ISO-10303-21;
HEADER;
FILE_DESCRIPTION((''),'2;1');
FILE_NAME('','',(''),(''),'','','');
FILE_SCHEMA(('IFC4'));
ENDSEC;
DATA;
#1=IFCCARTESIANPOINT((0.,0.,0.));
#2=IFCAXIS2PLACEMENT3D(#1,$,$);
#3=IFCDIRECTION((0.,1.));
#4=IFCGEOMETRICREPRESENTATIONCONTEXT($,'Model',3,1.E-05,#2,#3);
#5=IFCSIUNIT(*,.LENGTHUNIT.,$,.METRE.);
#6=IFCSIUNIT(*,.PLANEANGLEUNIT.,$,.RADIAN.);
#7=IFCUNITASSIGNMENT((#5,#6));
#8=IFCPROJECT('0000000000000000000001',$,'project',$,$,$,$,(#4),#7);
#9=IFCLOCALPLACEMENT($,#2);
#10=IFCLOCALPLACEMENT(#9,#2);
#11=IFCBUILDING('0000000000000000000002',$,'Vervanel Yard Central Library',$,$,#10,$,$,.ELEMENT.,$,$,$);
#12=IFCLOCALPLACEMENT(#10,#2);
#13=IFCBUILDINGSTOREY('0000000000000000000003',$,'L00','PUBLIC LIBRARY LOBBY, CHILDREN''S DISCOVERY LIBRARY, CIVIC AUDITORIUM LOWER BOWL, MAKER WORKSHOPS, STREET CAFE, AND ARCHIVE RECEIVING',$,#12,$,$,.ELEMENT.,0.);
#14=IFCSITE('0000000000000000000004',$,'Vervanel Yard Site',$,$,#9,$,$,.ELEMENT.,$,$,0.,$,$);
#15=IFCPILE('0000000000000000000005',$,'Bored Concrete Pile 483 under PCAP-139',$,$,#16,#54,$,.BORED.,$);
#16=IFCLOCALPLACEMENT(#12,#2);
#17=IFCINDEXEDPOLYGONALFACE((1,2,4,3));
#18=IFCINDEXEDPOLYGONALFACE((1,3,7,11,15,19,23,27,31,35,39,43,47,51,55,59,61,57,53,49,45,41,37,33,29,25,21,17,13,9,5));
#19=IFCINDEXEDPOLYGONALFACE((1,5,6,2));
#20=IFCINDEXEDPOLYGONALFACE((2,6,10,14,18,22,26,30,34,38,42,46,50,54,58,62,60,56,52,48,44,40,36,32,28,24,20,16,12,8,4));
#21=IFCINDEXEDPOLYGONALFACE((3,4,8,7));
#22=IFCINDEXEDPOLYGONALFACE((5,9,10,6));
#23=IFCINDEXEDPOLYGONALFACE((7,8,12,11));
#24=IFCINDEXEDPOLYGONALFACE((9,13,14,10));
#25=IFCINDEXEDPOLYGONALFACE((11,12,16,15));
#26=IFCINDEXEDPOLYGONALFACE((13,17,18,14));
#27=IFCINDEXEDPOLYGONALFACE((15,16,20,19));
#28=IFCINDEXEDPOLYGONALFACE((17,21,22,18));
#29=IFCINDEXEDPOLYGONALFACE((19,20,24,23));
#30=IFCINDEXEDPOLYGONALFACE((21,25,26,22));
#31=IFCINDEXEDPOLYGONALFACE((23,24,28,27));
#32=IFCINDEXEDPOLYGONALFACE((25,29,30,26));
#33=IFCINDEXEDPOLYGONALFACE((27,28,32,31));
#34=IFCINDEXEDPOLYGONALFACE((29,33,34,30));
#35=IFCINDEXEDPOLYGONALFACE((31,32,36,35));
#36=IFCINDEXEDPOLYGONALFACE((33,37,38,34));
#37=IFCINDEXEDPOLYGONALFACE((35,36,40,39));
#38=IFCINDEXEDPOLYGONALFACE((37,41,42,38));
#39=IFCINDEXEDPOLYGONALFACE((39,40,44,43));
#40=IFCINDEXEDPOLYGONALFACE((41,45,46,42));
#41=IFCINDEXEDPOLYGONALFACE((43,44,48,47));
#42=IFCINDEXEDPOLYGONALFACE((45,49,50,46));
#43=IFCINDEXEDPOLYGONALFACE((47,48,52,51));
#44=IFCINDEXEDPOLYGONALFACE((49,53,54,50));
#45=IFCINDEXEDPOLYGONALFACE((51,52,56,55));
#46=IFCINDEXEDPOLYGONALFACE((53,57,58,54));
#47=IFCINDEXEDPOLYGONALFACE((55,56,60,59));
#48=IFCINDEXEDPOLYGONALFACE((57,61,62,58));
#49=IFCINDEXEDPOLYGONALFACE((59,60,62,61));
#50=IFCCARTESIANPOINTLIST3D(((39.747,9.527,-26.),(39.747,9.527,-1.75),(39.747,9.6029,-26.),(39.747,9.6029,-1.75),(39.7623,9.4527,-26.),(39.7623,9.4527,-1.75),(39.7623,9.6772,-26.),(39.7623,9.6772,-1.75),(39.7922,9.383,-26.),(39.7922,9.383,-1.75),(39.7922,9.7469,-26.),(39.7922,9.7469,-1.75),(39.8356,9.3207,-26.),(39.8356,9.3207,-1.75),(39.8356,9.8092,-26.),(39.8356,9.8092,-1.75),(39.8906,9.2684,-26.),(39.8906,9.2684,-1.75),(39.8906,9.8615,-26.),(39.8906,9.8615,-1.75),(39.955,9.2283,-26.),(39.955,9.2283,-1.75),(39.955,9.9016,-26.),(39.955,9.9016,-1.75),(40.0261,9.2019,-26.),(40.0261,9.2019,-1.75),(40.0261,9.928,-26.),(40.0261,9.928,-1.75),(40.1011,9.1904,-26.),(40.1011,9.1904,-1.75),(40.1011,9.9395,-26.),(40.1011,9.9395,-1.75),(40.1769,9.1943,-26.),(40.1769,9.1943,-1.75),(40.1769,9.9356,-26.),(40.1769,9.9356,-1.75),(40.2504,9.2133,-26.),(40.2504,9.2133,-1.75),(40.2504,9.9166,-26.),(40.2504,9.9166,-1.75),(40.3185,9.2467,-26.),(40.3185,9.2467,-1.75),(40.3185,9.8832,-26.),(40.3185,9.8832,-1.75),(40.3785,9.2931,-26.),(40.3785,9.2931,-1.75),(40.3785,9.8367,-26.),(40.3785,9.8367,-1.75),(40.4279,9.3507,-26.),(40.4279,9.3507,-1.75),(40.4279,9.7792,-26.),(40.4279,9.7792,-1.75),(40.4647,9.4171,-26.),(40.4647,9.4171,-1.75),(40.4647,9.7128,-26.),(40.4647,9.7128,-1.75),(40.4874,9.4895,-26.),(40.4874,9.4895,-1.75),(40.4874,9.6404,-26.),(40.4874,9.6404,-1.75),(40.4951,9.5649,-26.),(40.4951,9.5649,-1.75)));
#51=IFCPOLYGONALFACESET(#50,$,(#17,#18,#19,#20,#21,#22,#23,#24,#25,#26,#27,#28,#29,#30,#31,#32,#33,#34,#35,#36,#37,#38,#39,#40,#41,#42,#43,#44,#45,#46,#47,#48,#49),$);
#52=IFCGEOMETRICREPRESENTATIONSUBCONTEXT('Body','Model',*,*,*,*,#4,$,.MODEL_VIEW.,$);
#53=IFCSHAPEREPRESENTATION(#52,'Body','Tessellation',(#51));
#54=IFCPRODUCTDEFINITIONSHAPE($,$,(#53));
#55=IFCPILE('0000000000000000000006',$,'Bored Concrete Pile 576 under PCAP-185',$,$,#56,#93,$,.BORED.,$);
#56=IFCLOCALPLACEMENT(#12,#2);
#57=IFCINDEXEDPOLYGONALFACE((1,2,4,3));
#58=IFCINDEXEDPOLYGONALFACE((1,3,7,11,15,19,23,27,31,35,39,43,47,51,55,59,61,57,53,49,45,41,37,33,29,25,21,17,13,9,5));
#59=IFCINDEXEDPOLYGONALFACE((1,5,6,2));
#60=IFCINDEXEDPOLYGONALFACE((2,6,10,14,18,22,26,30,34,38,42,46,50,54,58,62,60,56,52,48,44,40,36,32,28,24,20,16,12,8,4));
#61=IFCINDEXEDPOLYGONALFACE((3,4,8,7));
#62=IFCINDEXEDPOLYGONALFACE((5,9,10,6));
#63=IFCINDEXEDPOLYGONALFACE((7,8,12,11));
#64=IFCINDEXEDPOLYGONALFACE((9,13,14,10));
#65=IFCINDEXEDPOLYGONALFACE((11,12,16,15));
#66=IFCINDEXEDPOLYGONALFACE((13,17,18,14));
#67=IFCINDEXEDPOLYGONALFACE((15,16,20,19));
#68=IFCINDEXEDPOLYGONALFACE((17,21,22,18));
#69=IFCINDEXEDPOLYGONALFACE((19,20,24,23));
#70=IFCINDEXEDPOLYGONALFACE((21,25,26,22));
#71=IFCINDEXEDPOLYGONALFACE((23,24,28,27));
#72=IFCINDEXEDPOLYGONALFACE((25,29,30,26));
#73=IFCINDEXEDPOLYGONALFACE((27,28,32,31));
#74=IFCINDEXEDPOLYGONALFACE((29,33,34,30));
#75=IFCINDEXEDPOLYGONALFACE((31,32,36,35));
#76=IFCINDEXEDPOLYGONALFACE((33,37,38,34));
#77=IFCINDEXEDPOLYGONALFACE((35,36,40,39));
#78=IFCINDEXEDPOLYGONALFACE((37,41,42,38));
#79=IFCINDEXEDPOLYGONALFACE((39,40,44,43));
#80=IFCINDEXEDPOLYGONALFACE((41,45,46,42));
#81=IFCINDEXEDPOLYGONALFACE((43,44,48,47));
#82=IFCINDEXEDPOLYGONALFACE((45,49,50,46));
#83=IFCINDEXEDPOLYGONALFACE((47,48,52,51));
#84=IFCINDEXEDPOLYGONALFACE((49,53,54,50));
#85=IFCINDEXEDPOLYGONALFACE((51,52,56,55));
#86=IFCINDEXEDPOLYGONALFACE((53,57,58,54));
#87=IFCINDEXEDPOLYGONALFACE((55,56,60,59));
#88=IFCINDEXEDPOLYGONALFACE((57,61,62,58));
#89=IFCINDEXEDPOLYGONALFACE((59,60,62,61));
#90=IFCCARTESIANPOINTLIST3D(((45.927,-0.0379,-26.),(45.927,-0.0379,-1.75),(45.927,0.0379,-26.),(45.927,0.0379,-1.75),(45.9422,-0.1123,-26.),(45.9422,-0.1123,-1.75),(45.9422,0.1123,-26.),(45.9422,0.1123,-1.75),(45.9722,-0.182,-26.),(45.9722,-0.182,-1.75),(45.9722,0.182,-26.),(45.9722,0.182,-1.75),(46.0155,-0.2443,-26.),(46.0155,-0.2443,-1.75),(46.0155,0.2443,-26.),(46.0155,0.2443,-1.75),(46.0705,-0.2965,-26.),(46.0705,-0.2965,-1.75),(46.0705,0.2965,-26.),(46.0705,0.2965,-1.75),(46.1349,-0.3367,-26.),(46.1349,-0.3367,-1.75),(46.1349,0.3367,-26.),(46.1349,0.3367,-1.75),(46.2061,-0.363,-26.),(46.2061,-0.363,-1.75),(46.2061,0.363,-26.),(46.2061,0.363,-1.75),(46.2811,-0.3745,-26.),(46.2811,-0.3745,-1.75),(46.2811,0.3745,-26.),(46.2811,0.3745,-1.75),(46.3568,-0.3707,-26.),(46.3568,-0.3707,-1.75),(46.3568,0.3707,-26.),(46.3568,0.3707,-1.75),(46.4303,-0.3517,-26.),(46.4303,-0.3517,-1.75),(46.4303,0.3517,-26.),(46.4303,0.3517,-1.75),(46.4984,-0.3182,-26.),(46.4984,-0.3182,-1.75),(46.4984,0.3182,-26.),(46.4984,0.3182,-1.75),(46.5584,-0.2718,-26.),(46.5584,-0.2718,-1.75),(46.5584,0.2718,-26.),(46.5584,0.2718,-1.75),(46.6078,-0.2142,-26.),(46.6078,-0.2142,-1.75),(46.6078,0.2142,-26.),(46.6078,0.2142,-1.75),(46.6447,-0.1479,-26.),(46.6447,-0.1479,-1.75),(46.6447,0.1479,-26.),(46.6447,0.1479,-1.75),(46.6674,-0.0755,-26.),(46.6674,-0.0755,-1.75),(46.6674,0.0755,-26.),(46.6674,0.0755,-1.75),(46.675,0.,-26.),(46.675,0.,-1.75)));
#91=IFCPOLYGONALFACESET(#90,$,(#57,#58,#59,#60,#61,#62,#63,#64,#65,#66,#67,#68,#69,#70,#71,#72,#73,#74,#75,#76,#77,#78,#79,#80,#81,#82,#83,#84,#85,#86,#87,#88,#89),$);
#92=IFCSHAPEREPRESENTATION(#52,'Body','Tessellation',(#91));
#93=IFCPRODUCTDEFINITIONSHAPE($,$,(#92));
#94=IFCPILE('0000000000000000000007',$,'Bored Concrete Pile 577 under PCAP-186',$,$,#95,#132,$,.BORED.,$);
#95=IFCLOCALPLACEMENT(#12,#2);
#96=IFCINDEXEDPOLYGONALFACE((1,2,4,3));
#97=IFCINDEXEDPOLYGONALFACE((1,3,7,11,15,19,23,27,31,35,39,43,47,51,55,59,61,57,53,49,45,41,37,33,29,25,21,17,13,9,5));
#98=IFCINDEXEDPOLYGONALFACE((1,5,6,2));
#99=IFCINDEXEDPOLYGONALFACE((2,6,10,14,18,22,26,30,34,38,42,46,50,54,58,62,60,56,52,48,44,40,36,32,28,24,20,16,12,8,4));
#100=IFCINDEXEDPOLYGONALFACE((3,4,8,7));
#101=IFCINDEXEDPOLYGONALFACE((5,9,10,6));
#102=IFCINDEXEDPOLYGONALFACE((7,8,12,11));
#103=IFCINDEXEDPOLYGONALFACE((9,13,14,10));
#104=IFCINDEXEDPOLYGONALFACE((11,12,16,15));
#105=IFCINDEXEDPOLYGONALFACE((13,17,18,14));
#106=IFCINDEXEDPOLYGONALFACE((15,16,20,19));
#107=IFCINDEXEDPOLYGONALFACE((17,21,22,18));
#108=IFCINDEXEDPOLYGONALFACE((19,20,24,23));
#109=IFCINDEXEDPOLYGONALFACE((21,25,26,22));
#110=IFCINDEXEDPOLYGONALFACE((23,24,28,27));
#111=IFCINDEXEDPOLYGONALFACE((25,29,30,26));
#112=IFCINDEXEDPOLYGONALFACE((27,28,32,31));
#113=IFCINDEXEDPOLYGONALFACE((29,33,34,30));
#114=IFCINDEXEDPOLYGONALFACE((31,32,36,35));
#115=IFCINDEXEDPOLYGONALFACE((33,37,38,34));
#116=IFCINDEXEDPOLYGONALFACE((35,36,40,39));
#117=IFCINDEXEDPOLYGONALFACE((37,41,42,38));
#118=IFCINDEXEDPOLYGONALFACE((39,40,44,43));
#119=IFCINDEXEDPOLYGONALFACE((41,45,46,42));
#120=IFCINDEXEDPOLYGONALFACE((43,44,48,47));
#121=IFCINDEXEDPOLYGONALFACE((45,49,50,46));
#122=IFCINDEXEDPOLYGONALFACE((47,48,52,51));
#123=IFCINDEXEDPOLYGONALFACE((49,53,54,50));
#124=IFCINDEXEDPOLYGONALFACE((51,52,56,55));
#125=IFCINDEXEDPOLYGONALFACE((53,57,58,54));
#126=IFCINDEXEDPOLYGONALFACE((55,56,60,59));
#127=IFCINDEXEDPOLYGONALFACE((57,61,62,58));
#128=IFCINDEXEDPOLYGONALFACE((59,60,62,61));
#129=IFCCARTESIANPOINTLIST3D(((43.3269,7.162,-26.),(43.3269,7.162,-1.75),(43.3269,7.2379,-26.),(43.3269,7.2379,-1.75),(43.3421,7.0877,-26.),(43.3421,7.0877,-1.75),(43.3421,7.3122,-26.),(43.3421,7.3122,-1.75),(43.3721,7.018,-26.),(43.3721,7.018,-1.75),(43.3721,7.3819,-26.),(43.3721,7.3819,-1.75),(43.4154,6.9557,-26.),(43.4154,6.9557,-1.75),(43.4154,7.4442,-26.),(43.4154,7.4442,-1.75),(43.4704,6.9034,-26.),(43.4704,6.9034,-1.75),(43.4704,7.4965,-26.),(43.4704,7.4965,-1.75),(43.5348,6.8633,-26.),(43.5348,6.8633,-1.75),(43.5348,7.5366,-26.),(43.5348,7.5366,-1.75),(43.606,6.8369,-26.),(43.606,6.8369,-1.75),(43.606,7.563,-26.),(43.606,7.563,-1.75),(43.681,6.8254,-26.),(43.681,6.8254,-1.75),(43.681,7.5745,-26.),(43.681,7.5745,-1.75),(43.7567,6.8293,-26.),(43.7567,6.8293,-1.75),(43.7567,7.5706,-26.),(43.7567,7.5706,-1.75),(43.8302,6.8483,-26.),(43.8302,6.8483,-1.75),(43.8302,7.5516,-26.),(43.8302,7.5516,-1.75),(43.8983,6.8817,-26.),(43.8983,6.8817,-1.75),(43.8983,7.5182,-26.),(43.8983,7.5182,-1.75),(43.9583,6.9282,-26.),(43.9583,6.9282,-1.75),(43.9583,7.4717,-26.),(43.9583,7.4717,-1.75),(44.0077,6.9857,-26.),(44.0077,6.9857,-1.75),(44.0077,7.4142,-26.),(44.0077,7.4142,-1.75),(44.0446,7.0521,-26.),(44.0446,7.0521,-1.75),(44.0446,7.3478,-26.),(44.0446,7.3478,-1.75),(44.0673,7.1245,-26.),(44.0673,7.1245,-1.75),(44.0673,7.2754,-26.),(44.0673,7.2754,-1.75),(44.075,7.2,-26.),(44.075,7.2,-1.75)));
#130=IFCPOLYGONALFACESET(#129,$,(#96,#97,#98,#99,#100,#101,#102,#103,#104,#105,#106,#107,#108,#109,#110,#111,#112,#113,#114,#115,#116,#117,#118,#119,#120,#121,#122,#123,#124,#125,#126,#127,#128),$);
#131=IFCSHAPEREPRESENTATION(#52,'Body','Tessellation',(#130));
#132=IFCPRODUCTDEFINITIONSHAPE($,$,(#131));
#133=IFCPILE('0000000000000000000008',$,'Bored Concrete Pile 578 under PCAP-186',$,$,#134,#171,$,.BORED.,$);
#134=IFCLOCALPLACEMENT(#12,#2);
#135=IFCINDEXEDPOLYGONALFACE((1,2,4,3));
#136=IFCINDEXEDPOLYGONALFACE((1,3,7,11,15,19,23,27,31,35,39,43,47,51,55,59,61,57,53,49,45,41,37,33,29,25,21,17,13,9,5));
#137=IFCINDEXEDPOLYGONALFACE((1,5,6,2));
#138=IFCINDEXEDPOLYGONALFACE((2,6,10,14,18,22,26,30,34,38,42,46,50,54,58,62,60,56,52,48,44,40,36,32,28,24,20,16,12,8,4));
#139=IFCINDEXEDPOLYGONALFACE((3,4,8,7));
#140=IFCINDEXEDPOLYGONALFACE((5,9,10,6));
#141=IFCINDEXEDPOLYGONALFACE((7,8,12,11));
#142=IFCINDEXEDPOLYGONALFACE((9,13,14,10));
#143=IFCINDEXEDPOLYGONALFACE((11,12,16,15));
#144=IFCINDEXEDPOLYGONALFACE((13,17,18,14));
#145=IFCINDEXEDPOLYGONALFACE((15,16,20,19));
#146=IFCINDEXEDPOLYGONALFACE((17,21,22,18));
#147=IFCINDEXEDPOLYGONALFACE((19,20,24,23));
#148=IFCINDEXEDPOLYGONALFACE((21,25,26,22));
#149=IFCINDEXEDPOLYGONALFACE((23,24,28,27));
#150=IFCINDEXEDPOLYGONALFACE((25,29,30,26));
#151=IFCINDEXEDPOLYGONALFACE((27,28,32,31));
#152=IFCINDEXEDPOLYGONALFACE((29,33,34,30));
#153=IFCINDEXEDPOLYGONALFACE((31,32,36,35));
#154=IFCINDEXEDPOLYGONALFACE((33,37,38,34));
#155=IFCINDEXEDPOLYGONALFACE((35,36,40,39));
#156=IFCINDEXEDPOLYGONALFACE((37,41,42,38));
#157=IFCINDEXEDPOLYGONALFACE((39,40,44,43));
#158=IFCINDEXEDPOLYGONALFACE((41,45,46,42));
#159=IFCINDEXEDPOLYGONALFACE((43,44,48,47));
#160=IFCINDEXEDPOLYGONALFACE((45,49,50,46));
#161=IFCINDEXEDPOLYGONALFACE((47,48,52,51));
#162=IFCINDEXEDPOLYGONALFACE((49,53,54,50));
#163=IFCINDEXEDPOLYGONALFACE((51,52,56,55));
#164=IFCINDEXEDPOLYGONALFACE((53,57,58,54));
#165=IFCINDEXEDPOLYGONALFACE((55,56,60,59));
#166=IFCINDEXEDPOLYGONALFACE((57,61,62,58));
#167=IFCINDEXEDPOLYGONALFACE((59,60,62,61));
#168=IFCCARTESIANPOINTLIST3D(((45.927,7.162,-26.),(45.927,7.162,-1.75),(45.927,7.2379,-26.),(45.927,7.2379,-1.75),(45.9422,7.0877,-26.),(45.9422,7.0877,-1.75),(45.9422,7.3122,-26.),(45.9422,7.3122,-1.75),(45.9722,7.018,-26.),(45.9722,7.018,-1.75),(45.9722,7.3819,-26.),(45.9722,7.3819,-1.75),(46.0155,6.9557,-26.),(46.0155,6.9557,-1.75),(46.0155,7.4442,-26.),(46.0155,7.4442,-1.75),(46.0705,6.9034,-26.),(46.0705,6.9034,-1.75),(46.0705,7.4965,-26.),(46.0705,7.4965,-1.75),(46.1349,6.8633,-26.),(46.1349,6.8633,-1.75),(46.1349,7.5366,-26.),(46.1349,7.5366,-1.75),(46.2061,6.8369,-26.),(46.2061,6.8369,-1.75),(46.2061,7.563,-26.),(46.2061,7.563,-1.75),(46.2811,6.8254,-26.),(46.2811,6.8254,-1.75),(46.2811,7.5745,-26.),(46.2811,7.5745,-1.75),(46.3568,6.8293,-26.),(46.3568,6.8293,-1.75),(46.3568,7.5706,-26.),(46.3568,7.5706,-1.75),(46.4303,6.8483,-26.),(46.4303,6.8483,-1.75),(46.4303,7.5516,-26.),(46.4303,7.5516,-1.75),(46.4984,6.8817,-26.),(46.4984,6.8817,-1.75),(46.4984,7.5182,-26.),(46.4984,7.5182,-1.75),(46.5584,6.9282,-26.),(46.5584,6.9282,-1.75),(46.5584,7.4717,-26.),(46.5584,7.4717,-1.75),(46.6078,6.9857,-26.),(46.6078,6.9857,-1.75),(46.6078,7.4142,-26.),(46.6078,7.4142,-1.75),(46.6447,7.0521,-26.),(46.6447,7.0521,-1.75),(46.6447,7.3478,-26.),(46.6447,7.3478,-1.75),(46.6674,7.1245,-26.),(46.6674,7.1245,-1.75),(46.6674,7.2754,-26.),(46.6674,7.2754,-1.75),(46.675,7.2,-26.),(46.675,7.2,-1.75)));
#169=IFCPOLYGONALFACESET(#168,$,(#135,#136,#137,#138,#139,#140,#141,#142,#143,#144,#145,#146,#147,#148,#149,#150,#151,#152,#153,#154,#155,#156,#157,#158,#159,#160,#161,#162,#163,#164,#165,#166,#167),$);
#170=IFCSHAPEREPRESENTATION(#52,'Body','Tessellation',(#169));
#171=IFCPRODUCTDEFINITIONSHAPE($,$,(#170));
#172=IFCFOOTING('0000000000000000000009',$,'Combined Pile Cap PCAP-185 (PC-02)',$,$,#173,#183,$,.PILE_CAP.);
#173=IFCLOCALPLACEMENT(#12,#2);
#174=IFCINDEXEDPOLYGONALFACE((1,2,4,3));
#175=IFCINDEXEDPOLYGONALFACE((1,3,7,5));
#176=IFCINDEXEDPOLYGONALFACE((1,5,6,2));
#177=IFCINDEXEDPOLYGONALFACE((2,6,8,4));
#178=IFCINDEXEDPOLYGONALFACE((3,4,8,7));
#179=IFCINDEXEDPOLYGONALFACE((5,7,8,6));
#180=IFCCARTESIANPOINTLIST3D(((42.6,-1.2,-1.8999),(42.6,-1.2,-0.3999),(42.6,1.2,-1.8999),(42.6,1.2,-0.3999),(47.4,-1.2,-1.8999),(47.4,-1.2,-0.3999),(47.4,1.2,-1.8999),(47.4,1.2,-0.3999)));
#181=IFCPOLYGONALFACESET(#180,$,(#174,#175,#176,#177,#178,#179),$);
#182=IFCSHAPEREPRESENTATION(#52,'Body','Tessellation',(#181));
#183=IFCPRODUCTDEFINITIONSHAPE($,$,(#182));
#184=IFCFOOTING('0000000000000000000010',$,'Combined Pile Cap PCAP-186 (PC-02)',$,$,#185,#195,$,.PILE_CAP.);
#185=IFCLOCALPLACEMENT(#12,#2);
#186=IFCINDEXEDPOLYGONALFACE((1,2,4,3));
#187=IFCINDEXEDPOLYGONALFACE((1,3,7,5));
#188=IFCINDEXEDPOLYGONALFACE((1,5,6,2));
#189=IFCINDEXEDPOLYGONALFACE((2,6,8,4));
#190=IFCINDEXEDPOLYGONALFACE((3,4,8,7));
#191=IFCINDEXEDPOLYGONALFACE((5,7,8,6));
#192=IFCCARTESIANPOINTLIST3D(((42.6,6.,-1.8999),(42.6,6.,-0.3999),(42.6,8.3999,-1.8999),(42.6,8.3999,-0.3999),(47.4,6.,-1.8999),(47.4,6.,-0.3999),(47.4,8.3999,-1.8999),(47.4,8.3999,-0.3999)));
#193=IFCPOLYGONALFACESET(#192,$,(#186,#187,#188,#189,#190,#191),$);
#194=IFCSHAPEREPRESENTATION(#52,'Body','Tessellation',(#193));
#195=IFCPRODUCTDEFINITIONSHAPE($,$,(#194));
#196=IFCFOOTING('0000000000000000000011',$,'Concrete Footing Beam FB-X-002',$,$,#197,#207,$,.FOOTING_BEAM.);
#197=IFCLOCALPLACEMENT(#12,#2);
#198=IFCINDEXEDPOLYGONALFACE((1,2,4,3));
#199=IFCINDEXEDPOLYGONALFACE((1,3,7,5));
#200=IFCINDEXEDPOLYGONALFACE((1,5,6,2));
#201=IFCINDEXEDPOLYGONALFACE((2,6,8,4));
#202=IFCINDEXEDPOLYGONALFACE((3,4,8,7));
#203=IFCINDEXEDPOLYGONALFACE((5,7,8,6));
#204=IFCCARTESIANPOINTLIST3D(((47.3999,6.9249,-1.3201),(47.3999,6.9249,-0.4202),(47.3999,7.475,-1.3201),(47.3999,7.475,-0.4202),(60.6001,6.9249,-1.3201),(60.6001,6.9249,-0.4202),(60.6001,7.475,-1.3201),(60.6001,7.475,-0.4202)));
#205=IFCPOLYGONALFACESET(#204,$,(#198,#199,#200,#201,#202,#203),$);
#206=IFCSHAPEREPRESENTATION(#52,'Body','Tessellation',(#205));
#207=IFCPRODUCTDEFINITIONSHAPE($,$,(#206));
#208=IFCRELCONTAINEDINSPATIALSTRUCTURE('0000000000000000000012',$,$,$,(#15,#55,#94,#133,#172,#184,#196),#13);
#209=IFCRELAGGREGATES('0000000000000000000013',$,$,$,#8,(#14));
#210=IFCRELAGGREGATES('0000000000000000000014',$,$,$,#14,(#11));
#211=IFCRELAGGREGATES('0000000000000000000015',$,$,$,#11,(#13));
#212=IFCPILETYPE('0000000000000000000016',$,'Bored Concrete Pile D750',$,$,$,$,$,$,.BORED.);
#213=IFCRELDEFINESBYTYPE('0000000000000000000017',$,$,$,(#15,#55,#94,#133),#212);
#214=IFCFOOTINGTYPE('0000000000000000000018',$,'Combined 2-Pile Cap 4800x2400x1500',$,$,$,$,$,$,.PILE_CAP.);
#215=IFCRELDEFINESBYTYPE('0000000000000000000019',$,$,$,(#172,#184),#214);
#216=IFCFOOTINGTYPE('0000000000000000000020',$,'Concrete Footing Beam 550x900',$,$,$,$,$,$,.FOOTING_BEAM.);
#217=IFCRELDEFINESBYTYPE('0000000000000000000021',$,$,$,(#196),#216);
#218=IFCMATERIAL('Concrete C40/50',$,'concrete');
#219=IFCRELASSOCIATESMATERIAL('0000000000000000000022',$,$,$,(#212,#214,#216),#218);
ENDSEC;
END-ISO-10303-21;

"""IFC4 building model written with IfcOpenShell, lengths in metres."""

from ifc_helpers import new_model, si_unit, direction, frame, origin, origin_2d, place, context, subcontext, project, spatial, rectangle, circle, extrude, material, material_profile, profile_set, type_object, element, save


model = new_model("IFC4")

# Units and contexts
model_context = context("Model", 3, precision=1e-05, world=origin(), true_north=direction((0.0, 1.0)))
body_context = subcontext(model_context, "Body", "Model", "MODEL_VIEW")
ifc_project = project(units=[si_unit("LENGTHUNIT", "METRE"), si_unit("PLANEANGLEUNIT", "RADIAN")], contexts=[model_context])

# Site, building, storey
site_placement = place(None, origin())
site = spatial("IfcSite", under=ifc_project, at=site_placement, Name="Vervanel Yard Site", CompositionType="ELEMENT", RefElevation=0.0)
building_placement = place(site_placement, origin())
building = spatial("IfcBuilding", under=site, at=building_placement, Name="Vervanel Yard Central Library", CompositionType="ELEMENT")
storey_placement = place(building_placement, origin())
storey = spatial("IfcBuildingStorey", under=building, at=storey_placement, Name="L00", Description="PUBLIC LIBRARY LOBBY, CHILDREN'S DISCOVERY LIBRARY, CIVIC AUDITORIUM LOWER BOWL, MAKER WORKSHOPS, STREET CAFE, AND ARCHIVE RECEIVING", CompositionType="ELEMENT", Elevation=0.0)

# Piles
ifc_material_1 = material(Name="Concrete C40/50", Category="concrete")
ifc_material_profile_1 = material_profile(ifc_material_1, circle(Radius=0.375, at=origin_2d()), Name="BP D750", Category="concrete")
ifc_profile_set_1 = profile_set([ifc_material_profile_1], Name="Concrete C40/50")
pile_type = type_object("IfcPileType", Name="Bored Concrete Pile D750", PredefinedType="BORED", material=ifc_profile_set_1)
for number, where, z_axis, x_axis, name in (
    (1, (40.1201, 9.5649, -1.75), (0.0, 0.0, -1.0), (1.0, 0.0, 0.0), "Bored Concrete Pile 483 under PCAP-139"),
    (2, (46.3, 0.0, -1.75), (0.0, 0.0, -1.0), (1.0, 0.0, 0.0), "Bored Concrete Pile 576 under PCAP-185"),
    (3, (43.7, 7.2, -1.75), (0.0, 0.0, -1.0), (1.0, 0.0, 0.0), "Bored Concrete Pile 577 under PCAP-186"),
    (4, (46.3, 7.2, -1.75), (0.0, 0.0, -1.0), (1.0, 0.0, 0.0), "Bored Concrete Pile 578 under PCAP-186"),
):
    element("IfcPile", number, at=place(storey_placement, frame(where, z_axis=z_axis, x_axis=x_axis)), inside=storey, type_object=pile_type, Name=name, PredefinedType="BORED", context=body_context, shape_type="SweptSolid", body=[
        extrude(circle(Radius=0.375, at=origin_2d()), origin(), (0.0, 0.0, 1.0), 24.25),
    ])

# Footings
footing_type_1 = type_object("IfcFootingType", Name="Combined 2-Pile Cap 4800x2400x1500", PredefinedType="PILE_CAP", material=ifc_material_1)
for number, where, z_axis, x_axis, name in (
    (5, (45.0, 0.0, -1.8999), (0.0, 0.0, 1.0), (1.0, 0.0, 0.0), "Combined Pile Cap PCAP-185 (PC-02)"),
    (6, (45.0, 7.2, -1.8999), (0.0, 0.0, 1.0), (1.0, 0.0, 0.0), "Combined Pile Cap PCAP-186 (PC-02)"),
):
    element("IfcFooting", number, at=place(storey_placement, frame(where, z_axis=z_axis, x_axis=x_axis)), inside=storey, type_object=footing_type_1, Name=name, PredefinedType="PILE_CAP", context=body_context, shape_type="SweptSolid", body=[
        extrude(rectangle(XDim=4.8, YDim=2.3999, at=origin_2d()), origin(), (0.0, 0.0, 1.0), 1.5),
    ])
ifc_material_profile_2 = material_profile(ifc_material_1, rectangle(XDim=0.55, YDim=0.8999, at=origin_2d()), Name="RC 550x900", Category="concrete")
ifc_profile_set_2 = profile_set([ifc_material_profile_2], Name="Concrete C40/50")
footing_type_2 = type_object("IfcFootingType", Name="Concrete Footing Beam 550x900", PredefinedType="FOOTING_BEAM", material=ifc_profile_set_2)
footing_placement = place(storey_placement, frame((47.3999, 7.2, -0.8701), z_axis=(1.0, 0.0, 0.0), x_axis=(0.0, 1.0, 0.0)))
element("IfcFooting", 7, at=footing_placement, inside=storey, type_object=footing_type_2, Name="Concrete Footing Beam FB-X-002", PredefinedType="FOOTING_BEAM", context=body_context, shape_type="SweptSolid", body=[
    extrude(rectangle(XDim=0.55, YDim=0.8999, at=origin_2d()), origin(), (0.0, 0.0, 1.0), 13.2002),
])

save(model, "model.ifc")
